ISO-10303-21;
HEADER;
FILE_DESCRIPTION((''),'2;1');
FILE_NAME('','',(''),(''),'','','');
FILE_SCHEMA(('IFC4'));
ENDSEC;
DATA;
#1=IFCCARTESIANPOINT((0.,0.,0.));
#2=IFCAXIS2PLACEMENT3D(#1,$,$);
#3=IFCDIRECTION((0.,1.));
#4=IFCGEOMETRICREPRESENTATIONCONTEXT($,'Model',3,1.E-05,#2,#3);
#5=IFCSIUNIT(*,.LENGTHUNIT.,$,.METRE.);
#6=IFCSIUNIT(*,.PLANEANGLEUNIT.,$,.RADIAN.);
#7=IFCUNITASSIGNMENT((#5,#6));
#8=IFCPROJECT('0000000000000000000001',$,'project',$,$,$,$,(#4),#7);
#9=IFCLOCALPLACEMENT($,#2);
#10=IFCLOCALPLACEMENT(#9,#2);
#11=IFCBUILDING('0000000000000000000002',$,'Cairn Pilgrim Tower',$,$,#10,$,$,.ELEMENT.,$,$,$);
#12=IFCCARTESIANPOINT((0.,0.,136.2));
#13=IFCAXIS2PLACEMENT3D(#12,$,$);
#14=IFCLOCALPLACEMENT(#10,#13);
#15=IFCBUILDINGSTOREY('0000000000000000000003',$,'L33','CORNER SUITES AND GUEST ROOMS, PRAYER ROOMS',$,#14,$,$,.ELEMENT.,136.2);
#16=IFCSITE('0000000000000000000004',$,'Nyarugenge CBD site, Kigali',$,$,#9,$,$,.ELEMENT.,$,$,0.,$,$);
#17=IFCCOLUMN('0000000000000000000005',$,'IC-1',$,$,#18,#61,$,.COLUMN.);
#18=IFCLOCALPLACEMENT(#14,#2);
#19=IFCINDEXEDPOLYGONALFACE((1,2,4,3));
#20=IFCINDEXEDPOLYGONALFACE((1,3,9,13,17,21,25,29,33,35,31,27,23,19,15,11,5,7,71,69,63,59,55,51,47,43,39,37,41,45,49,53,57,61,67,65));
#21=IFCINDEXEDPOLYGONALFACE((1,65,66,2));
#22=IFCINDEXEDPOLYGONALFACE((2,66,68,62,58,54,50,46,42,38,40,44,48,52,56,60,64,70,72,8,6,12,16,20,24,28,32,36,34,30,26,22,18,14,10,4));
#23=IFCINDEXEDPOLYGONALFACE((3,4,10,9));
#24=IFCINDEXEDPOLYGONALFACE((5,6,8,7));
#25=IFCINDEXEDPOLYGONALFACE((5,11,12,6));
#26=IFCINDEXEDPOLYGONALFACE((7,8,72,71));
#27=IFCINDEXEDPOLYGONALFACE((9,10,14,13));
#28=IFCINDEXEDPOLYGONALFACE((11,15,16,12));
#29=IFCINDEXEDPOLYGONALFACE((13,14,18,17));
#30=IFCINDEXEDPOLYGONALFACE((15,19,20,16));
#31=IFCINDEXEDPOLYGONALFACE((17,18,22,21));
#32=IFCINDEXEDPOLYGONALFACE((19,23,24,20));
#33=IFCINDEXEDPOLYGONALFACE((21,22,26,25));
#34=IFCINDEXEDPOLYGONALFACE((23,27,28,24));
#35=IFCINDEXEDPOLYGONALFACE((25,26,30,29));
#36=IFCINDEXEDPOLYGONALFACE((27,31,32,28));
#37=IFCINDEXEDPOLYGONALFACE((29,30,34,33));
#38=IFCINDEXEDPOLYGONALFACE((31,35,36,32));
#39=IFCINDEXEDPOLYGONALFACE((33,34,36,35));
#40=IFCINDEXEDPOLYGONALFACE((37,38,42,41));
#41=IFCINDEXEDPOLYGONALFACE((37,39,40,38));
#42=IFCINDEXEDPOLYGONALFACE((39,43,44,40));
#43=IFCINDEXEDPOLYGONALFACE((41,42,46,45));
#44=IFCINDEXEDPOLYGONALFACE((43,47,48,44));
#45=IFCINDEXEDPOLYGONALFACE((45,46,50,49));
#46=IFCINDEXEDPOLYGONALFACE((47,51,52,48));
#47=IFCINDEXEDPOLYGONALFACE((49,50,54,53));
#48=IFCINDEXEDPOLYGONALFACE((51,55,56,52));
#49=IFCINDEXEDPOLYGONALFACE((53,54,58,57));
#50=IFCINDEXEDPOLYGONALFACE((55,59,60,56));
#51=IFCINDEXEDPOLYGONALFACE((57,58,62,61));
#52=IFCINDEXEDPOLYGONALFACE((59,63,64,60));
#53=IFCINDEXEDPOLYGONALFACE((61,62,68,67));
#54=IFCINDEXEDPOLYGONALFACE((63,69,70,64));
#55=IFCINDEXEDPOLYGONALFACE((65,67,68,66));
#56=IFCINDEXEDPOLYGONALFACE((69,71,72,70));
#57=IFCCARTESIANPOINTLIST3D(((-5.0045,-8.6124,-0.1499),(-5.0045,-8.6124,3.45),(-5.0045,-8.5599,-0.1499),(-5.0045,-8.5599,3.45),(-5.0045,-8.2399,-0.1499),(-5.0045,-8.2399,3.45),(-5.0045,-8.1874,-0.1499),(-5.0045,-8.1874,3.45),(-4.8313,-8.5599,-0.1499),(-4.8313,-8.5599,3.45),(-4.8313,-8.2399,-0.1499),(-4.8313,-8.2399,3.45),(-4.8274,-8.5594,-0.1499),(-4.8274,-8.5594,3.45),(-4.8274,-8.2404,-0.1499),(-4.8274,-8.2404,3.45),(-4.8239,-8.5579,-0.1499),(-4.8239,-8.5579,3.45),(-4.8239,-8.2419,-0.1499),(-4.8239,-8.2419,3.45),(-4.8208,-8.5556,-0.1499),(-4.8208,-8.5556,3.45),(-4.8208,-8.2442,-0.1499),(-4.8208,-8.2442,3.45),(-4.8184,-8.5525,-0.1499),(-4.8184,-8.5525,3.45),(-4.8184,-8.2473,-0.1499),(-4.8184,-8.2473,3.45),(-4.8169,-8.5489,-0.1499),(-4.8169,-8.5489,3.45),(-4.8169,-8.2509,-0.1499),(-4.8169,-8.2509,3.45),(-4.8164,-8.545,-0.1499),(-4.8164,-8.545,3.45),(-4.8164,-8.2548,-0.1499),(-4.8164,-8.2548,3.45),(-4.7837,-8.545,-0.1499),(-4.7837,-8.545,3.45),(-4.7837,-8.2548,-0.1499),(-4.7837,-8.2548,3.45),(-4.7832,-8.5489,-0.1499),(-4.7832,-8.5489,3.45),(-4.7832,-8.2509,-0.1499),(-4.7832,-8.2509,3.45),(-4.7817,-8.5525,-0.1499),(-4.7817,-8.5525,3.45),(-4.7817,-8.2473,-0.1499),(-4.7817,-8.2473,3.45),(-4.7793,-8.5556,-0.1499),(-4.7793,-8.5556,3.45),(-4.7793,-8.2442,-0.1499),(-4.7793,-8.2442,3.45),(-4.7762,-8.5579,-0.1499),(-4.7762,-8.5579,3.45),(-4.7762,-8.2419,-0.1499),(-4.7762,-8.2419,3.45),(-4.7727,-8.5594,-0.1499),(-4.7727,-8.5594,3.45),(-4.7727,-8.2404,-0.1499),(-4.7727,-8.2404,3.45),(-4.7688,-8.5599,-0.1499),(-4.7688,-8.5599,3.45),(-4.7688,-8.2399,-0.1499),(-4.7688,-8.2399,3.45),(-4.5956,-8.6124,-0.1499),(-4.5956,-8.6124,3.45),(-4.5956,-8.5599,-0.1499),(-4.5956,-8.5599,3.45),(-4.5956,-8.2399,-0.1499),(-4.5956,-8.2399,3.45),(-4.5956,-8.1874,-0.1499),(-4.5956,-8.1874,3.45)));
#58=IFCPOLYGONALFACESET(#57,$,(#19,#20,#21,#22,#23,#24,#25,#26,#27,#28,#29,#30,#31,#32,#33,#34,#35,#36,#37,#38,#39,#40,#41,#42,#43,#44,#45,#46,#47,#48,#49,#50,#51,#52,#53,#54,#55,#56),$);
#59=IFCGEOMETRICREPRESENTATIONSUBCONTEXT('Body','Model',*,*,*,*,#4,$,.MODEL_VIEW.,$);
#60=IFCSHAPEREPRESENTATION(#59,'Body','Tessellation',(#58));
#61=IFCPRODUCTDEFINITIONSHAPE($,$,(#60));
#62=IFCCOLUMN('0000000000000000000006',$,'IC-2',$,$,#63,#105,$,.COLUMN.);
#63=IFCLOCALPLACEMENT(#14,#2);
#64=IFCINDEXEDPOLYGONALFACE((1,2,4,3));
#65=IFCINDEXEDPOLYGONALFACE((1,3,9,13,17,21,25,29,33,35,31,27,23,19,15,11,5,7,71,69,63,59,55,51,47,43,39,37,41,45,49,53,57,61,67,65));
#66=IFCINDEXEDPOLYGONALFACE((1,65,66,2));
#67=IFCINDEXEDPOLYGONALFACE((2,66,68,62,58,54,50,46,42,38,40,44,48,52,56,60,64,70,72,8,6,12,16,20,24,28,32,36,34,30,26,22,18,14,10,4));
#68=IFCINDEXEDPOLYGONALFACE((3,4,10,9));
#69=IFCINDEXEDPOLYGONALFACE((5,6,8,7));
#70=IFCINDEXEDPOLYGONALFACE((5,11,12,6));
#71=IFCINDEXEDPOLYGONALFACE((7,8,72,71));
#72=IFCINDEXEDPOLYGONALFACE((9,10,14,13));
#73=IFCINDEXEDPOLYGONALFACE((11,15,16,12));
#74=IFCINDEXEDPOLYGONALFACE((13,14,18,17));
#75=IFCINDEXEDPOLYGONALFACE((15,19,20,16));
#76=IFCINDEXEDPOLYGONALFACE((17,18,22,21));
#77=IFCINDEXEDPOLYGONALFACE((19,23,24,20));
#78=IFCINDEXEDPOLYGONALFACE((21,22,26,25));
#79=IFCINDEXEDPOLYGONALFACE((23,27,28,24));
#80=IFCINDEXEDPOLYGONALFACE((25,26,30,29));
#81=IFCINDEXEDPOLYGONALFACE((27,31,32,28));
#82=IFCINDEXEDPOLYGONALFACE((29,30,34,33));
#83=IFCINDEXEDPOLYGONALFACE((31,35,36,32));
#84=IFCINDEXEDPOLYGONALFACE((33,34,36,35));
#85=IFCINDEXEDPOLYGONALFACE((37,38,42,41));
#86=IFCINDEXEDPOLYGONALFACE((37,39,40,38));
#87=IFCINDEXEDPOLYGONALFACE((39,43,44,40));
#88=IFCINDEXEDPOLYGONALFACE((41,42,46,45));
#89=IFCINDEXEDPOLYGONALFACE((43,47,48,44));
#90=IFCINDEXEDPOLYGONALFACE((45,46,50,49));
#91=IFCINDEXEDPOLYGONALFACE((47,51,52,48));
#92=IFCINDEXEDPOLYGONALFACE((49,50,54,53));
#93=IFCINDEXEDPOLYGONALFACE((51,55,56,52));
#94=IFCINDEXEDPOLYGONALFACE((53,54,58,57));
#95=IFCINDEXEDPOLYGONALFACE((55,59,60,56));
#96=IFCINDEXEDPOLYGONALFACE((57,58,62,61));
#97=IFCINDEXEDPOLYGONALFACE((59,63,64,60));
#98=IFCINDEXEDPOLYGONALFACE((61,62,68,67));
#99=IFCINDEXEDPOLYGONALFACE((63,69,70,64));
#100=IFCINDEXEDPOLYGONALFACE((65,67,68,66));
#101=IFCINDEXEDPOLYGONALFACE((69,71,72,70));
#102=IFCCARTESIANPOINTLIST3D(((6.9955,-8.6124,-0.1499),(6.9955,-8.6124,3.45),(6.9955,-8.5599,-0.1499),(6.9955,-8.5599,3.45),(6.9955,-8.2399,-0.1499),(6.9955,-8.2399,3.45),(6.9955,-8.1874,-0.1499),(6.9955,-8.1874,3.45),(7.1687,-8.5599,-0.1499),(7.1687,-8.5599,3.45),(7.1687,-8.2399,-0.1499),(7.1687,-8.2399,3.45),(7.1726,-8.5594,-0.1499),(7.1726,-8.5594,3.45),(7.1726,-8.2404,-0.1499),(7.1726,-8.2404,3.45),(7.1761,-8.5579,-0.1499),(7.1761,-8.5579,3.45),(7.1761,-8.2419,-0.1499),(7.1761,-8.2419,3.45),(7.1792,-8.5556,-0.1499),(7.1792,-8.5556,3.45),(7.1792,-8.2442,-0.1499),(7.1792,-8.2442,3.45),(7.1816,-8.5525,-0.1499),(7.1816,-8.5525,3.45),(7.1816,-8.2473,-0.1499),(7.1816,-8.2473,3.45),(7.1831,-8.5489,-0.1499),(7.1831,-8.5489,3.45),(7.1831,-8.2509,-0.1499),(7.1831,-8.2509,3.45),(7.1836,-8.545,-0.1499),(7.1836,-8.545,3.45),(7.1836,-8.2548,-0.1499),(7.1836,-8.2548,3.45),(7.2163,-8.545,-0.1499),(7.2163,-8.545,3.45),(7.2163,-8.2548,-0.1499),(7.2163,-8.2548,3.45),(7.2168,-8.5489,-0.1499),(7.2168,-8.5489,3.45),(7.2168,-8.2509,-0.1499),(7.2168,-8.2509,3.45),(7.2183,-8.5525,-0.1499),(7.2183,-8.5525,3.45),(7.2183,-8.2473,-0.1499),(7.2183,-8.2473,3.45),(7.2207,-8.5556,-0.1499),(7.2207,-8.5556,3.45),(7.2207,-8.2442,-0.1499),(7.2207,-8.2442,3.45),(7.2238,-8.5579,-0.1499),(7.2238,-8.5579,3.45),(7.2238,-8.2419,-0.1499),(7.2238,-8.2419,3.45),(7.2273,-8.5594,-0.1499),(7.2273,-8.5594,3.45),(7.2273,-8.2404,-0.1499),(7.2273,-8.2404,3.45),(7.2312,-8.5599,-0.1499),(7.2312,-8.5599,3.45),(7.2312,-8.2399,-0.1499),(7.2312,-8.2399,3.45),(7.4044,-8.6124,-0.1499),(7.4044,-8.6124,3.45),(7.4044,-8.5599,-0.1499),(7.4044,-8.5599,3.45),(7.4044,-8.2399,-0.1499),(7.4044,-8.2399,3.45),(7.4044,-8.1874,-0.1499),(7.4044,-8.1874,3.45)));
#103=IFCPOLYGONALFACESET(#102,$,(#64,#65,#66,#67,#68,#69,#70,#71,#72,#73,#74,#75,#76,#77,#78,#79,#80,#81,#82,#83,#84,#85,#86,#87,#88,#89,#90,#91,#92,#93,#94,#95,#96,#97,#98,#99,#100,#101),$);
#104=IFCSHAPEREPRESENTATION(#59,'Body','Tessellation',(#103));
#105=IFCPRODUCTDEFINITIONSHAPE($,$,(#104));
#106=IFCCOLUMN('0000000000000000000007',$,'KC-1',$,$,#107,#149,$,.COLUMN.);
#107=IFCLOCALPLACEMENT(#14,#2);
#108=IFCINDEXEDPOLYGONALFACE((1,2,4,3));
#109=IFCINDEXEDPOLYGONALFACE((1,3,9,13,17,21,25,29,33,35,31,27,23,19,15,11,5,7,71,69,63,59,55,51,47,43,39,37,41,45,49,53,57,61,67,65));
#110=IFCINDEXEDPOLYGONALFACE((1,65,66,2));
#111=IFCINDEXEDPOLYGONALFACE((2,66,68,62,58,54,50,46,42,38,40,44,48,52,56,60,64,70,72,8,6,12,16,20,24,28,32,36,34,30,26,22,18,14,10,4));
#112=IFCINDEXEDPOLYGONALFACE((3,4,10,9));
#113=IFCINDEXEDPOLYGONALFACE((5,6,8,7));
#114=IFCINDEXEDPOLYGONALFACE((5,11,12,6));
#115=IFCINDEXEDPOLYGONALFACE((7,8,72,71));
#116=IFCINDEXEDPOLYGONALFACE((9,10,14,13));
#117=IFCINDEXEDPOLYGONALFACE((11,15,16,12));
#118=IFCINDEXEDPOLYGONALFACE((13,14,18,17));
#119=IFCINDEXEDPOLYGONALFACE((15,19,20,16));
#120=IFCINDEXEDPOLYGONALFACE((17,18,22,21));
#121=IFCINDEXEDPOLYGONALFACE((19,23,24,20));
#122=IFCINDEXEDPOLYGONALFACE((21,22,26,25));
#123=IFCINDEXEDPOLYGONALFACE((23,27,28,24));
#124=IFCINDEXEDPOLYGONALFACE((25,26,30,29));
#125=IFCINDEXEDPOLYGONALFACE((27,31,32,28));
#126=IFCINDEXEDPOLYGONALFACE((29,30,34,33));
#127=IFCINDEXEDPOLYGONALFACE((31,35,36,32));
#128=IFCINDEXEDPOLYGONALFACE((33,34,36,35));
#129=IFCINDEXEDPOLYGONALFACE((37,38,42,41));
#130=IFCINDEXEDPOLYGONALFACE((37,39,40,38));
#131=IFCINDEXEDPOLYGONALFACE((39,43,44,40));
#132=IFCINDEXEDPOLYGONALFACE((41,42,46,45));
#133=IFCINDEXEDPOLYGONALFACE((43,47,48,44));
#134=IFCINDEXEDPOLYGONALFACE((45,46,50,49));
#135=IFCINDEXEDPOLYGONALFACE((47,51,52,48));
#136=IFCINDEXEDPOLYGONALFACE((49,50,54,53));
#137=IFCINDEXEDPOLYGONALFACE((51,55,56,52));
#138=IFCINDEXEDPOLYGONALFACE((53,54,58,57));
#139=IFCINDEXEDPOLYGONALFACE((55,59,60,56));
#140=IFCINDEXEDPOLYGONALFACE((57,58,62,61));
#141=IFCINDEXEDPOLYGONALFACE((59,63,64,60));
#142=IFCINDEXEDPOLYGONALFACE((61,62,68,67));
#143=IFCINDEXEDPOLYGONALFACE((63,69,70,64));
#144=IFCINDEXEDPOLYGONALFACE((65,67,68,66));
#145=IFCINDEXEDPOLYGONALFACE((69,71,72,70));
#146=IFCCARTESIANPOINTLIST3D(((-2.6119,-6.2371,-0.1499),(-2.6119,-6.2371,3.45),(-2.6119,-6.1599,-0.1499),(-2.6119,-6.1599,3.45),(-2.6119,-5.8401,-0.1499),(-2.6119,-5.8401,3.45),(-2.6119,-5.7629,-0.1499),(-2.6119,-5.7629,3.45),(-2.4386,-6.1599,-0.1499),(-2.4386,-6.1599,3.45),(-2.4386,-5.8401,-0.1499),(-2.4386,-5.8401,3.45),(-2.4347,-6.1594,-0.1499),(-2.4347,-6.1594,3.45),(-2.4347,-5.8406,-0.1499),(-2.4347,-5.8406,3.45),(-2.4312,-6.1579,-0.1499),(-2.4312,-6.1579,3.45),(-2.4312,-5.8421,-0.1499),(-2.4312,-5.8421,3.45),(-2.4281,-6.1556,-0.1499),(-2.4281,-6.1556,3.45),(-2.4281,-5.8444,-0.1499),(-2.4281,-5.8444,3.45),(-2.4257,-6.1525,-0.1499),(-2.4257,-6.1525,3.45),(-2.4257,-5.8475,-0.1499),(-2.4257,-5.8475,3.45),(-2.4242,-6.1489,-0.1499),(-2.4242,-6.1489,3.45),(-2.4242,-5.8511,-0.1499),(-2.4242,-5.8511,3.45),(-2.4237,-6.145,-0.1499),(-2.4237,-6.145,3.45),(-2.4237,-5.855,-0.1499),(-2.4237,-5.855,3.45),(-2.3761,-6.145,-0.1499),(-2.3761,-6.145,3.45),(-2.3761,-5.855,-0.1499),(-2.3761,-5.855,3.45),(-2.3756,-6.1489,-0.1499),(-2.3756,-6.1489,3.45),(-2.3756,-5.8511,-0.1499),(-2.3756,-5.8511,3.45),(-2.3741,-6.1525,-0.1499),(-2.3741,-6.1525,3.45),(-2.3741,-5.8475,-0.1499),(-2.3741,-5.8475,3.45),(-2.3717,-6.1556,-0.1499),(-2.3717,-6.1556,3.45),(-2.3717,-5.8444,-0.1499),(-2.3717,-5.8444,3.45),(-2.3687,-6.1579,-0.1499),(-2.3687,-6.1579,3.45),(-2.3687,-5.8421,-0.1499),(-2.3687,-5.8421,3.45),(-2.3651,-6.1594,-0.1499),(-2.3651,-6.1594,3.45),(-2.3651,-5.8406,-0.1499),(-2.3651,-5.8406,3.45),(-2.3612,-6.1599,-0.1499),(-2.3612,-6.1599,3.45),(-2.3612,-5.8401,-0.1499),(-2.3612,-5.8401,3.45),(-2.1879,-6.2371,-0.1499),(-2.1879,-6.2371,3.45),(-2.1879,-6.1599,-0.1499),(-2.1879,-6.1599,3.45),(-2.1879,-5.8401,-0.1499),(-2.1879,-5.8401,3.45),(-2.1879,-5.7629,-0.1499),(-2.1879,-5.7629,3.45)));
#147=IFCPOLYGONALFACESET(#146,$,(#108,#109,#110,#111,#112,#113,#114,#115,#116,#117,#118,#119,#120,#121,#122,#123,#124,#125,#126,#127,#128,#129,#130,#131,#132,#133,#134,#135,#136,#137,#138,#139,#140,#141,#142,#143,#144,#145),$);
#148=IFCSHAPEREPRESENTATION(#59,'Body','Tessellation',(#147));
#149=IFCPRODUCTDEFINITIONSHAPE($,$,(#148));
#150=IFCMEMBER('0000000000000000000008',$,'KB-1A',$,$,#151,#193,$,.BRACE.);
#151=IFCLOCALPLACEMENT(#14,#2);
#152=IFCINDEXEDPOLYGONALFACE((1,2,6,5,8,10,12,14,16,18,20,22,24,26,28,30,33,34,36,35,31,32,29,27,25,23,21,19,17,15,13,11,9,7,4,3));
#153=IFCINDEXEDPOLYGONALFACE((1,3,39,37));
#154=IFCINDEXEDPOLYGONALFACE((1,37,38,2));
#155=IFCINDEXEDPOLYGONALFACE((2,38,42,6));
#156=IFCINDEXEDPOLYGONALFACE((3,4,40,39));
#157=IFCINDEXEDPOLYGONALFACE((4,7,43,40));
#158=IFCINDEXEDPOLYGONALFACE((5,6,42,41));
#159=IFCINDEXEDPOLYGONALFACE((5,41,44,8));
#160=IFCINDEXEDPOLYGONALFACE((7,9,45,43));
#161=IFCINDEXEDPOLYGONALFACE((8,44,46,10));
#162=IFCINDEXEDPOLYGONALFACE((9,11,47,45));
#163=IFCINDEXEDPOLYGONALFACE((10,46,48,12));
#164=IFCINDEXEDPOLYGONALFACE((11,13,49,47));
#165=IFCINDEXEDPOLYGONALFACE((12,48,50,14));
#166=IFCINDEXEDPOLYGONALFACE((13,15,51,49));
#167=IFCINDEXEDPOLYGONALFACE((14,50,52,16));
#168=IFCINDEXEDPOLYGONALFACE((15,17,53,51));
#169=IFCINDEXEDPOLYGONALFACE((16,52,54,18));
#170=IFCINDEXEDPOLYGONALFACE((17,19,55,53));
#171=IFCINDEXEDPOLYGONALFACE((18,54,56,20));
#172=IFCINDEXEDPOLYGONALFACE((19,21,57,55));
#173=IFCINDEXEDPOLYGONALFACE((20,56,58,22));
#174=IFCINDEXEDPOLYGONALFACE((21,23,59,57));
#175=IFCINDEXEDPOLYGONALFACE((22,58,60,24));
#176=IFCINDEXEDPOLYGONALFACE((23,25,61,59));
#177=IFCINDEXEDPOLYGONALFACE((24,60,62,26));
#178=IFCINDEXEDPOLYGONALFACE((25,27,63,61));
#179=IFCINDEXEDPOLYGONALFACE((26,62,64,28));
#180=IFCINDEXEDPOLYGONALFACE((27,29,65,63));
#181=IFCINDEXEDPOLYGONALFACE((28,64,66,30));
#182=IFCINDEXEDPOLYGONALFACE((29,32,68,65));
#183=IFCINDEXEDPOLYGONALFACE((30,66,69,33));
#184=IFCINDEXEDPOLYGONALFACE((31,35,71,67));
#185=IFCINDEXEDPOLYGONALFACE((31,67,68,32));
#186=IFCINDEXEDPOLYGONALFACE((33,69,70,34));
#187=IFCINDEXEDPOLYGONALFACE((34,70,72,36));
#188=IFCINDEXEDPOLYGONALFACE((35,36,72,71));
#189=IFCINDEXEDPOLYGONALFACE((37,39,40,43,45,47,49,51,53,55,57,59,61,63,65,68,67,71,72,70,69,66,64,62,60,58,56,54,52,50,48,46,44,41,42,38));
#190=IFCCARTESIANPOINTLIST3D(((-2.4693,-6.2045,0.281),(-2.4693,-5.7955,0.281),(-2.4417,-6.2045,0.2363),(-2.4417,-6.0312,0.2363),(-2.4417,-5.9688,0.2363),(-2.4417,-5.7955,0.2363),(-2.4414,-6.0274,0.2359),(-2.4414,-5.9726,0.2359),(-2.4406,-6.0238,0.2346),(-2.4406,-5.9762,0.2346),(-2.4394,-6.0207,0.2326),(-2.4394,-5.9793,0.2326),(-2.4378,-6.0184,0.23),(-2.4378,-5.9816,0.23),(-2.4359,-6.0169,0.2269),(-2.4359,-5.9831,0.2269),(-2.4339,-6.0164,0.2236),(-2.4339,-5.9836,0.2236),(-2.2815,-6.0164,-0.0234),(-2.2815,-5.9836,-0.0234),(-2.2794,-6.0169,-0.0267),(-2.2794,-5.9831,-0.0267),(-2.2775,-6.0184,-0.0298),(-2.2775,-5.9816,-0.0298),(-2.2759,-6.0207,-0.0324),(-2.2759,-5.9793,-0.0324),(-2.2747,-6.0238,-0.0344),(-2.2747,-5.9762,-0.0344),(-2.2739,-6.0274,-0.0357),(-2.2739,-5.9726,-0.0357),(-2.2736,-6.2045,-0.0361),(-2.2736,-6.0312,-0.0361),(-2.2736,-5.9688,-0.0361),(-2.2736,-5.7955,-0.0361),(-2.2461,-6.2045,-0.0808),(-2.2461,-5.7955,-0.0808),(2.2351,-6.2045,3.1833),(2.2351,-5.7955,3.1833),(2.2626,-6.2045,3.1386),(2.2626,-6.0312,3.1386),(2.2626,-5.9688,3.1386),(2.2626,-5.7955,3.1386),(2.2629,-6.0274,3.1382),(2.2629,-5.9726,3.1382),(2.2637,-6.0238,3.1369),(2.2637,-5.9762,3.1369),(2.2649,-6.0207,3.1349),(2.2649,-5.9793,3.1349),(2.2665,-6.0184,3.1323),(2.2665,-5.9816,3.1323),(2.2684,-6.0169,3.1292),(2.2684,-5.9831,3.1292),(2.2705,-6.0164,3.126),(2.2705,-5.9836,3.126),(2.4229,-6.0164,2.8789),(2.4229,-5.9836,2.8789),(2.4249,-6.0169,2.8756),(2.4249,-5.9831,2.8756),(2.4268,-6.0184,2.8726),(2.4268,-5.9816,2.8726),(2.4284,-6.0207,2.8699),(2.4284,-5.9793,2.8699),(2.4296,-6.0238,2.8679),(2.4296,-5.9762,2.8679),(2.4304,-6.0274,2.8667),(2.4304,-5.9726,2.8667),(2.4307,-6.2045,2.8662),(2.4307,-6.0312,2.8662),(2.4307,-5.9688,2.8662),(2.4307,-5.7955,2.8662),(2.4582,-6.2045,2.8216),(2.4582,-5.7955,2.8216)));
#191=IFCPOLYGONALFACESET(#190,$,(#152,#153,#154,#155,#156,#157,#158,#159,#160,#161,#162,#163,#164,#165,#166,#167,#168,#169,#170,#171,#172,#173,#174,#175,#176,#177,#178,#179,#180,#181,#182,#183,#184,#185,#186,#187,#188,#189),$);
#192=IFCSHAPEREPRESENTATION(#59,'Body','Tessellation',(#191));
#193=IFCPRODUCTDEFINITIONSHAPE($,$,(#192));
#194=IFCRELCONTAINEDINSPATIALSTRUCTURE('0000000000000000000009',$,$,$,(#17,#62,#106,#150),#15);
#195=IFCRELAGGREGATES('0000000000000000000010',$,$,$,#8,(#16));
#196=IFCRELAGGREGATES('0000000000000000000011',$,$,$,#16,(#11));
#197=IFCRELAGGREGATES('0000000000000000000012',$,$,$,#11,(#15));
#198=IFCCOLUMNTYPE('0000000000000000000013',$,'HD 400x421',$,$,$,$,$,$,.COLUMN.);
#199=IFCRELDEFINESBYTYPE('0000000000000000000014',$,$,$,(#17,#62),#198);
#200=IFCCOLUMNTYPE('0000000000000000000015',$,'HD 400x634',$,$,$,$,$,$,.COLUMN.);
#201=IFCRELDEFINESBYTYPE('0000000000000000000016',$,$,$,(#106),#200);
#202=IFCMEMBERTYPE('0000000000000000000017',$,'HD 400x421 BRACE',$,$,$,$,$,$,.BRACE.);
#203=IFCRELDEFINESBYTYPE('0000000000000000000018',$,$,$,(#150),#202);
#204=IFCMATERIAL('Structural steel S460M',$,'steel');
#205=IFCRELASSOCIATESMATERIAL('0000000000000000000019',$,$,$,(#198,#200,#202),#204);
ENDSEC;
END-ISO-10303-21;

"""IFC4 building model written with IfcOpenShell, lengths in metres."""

from ifc_helpers import new_model, si_unit, direction, frame, origin, origin_2d, place, context, subcontext, project, spatial, i_section, extrude, material, material_profile, profile_set, type_object, element, save


model = new_model("IFC4")

# Units and contexts
model_context = context("Model", 3, precision=1e-05, world=origin(), true_north=direction((0.0, 1.0)))
body_context = subcontext(model_context, "Body", "Model", "MODEL_VIEW")
ifc_project = project(units=[si_unit("LENGTHUNIT", "METRE"), si_unit("PLANEANGLEUNIT", "RADIAN")], contexts=[model_context])

# Site, building, storey
site_placement = place(None, origin())
site = spatial("IfcSite", under=ifc_project, at=site_placement, Name="Nyarugenge CBD site, Kigali", CompositionType="ELEMENT", RefElevation=0.0)
building_placement = place(site_placement, origin())
building = spatial("IfcBuilding", under=site, at=building_placement, Name="Cairn Pilgrim Tower", CompositionType="ELEMENT")
storey_placement = place(building_placement, frame((0.0, 0.0, 136.2)))
storey = spatial("IfcBuildingStorey", under=building, at=storey_placement, Name="L33", Description="CORNER SUITES AND GUEST ROOMS, PRAYER ROOMS", CompositionType="ELEMENT", Elevation=136.2)

# Columns
ifc_material_1 = material(Name="Structural steel S460M", Category="steel")
ifc_material_profile_1 = material_profile(ifc_material_1, i_section(OverallWidth=0.4089, OverallDepth=0.425, WebThickness=0.0327, FlangeThickness=0.0525, FilletRadius=0.0149, at=origin_2d()), Name="HD 400x421")
ifc_profile_set_1 = profile_set([ifc_material_profile_1], Name="Structural steel S460M")
column_type_1 = type_object("IfcColumnType", Name="HD 400x421", PredefinedType="COLUMN", material=ifc_profile_set_1)
for number, where, z_axis, x_axis, name in (
    (1, (-4.8, -8.3999, -0.1499), (0.0, 0.0, 1.0), (1.0, 0.0, 0.0), "IC-1"),
    (2, (7.2, -8.3999, -0.1499), (0.0, 0.0, 1.0), (1.0, 0.0, 0.0), "IC-2"),
):
    element("IfcColumn", number, at=place(storey_placement, frame(where, z_axis=z_axis, x_axis=x_axis)), inside=storey, type_object=column_type_1, Name=name, PredefinedType="COLUMN", context=body_context, shape_type="SweptSolid", body=[
        extrude(i_section(OverallWidth=0.4089, OverallDepth=0.425, WebThickness=0.0327, FlangeThickness=0.0525, FilletRadius=0.0149, at=origin_2d()), origin(), (0.0, 0.0, 1.0), 3.5999),
    ])
ifc_material_profile_2 = material_profile(ifc_material_1, i_section(OverallWidth=0.4241, OverallDepth=0.4741, WebThickness=0.0476, FlangeThickness=0.0771, FilletRadius=0.0149, at=origin_2d()), Name="HD 400x634")
ifc_profile_set_2 = profile_set([ifc_material_profile_2], Name="Structural steel S460M")
column_type_2 = type_object("IfcColumnType", Name="HD 400x634", PredefinedType="COLUMN", material=ifc_profile_set_2)
column_placement = place(storey_placement, frame((-2.3999, -6.0, -0.1499), z_axis=(0.0, 0.0, 1.0), x_axis=(1.0, 0.0, 0.0)))
element("IfcColumn", 3, at=column_placement, inside=storey, type_object=column_type_2, Name="KC-1", PredefinedType="COLUMN", context=body_context, shape_type="SweptSolid", body=[
    extrude(i_section(OverallWidth=0.4241, OverallDepth=0.4741, WebThickness=0.0476, FlangeThickness=0.0771, FilletRadius=0.0149, at=origin_2d()), origin(), (0.0, 0.0, 1.0), 3.5999),
])

# Member
ifc_material_profile_3 = material_profile(ifc_material_1, i_section(OverallWidth=0.4089, OverallDepth=0.425, WebThickness=0.0327, FlangeThickness=0.0525, FilletRadius=0.0149, at=origin_2d()), Name="HD 400x421")
ifc_profile_set_3 = profile_set([ifc_material_profile_3], Name="Structural steel S460M")
member_type = type_object("IfcMemberType", Name="HD 400x421 BRACE", PredefinedType="BRACE", material=ifc_profile_set_3)
member_placement = place(storey_placement, frame((-2.3577, -6.0, 0.1001), z_axis=(0.851063, 0.0, 0.525063), x_axis=(0.0, 1.0, 0.0)))
element("IfcMember", 4, at=member_placement, inside=storey, type_object=member_type, Name="KB-1A", PredefinedType="BRACE", context=body_context, shape_type="SweptSolid", body=[
    extrude(i_section(OverallWidth=0.4089, OverallDepth=0.425, WebThickness=0.0327, FlangeThickness=0.0525, FilletRadius=0.0149, at=origin_2d()), origin(), (0.0, 0.0, 1.0), 5.5276),
])

save(model, "model.ifc")
